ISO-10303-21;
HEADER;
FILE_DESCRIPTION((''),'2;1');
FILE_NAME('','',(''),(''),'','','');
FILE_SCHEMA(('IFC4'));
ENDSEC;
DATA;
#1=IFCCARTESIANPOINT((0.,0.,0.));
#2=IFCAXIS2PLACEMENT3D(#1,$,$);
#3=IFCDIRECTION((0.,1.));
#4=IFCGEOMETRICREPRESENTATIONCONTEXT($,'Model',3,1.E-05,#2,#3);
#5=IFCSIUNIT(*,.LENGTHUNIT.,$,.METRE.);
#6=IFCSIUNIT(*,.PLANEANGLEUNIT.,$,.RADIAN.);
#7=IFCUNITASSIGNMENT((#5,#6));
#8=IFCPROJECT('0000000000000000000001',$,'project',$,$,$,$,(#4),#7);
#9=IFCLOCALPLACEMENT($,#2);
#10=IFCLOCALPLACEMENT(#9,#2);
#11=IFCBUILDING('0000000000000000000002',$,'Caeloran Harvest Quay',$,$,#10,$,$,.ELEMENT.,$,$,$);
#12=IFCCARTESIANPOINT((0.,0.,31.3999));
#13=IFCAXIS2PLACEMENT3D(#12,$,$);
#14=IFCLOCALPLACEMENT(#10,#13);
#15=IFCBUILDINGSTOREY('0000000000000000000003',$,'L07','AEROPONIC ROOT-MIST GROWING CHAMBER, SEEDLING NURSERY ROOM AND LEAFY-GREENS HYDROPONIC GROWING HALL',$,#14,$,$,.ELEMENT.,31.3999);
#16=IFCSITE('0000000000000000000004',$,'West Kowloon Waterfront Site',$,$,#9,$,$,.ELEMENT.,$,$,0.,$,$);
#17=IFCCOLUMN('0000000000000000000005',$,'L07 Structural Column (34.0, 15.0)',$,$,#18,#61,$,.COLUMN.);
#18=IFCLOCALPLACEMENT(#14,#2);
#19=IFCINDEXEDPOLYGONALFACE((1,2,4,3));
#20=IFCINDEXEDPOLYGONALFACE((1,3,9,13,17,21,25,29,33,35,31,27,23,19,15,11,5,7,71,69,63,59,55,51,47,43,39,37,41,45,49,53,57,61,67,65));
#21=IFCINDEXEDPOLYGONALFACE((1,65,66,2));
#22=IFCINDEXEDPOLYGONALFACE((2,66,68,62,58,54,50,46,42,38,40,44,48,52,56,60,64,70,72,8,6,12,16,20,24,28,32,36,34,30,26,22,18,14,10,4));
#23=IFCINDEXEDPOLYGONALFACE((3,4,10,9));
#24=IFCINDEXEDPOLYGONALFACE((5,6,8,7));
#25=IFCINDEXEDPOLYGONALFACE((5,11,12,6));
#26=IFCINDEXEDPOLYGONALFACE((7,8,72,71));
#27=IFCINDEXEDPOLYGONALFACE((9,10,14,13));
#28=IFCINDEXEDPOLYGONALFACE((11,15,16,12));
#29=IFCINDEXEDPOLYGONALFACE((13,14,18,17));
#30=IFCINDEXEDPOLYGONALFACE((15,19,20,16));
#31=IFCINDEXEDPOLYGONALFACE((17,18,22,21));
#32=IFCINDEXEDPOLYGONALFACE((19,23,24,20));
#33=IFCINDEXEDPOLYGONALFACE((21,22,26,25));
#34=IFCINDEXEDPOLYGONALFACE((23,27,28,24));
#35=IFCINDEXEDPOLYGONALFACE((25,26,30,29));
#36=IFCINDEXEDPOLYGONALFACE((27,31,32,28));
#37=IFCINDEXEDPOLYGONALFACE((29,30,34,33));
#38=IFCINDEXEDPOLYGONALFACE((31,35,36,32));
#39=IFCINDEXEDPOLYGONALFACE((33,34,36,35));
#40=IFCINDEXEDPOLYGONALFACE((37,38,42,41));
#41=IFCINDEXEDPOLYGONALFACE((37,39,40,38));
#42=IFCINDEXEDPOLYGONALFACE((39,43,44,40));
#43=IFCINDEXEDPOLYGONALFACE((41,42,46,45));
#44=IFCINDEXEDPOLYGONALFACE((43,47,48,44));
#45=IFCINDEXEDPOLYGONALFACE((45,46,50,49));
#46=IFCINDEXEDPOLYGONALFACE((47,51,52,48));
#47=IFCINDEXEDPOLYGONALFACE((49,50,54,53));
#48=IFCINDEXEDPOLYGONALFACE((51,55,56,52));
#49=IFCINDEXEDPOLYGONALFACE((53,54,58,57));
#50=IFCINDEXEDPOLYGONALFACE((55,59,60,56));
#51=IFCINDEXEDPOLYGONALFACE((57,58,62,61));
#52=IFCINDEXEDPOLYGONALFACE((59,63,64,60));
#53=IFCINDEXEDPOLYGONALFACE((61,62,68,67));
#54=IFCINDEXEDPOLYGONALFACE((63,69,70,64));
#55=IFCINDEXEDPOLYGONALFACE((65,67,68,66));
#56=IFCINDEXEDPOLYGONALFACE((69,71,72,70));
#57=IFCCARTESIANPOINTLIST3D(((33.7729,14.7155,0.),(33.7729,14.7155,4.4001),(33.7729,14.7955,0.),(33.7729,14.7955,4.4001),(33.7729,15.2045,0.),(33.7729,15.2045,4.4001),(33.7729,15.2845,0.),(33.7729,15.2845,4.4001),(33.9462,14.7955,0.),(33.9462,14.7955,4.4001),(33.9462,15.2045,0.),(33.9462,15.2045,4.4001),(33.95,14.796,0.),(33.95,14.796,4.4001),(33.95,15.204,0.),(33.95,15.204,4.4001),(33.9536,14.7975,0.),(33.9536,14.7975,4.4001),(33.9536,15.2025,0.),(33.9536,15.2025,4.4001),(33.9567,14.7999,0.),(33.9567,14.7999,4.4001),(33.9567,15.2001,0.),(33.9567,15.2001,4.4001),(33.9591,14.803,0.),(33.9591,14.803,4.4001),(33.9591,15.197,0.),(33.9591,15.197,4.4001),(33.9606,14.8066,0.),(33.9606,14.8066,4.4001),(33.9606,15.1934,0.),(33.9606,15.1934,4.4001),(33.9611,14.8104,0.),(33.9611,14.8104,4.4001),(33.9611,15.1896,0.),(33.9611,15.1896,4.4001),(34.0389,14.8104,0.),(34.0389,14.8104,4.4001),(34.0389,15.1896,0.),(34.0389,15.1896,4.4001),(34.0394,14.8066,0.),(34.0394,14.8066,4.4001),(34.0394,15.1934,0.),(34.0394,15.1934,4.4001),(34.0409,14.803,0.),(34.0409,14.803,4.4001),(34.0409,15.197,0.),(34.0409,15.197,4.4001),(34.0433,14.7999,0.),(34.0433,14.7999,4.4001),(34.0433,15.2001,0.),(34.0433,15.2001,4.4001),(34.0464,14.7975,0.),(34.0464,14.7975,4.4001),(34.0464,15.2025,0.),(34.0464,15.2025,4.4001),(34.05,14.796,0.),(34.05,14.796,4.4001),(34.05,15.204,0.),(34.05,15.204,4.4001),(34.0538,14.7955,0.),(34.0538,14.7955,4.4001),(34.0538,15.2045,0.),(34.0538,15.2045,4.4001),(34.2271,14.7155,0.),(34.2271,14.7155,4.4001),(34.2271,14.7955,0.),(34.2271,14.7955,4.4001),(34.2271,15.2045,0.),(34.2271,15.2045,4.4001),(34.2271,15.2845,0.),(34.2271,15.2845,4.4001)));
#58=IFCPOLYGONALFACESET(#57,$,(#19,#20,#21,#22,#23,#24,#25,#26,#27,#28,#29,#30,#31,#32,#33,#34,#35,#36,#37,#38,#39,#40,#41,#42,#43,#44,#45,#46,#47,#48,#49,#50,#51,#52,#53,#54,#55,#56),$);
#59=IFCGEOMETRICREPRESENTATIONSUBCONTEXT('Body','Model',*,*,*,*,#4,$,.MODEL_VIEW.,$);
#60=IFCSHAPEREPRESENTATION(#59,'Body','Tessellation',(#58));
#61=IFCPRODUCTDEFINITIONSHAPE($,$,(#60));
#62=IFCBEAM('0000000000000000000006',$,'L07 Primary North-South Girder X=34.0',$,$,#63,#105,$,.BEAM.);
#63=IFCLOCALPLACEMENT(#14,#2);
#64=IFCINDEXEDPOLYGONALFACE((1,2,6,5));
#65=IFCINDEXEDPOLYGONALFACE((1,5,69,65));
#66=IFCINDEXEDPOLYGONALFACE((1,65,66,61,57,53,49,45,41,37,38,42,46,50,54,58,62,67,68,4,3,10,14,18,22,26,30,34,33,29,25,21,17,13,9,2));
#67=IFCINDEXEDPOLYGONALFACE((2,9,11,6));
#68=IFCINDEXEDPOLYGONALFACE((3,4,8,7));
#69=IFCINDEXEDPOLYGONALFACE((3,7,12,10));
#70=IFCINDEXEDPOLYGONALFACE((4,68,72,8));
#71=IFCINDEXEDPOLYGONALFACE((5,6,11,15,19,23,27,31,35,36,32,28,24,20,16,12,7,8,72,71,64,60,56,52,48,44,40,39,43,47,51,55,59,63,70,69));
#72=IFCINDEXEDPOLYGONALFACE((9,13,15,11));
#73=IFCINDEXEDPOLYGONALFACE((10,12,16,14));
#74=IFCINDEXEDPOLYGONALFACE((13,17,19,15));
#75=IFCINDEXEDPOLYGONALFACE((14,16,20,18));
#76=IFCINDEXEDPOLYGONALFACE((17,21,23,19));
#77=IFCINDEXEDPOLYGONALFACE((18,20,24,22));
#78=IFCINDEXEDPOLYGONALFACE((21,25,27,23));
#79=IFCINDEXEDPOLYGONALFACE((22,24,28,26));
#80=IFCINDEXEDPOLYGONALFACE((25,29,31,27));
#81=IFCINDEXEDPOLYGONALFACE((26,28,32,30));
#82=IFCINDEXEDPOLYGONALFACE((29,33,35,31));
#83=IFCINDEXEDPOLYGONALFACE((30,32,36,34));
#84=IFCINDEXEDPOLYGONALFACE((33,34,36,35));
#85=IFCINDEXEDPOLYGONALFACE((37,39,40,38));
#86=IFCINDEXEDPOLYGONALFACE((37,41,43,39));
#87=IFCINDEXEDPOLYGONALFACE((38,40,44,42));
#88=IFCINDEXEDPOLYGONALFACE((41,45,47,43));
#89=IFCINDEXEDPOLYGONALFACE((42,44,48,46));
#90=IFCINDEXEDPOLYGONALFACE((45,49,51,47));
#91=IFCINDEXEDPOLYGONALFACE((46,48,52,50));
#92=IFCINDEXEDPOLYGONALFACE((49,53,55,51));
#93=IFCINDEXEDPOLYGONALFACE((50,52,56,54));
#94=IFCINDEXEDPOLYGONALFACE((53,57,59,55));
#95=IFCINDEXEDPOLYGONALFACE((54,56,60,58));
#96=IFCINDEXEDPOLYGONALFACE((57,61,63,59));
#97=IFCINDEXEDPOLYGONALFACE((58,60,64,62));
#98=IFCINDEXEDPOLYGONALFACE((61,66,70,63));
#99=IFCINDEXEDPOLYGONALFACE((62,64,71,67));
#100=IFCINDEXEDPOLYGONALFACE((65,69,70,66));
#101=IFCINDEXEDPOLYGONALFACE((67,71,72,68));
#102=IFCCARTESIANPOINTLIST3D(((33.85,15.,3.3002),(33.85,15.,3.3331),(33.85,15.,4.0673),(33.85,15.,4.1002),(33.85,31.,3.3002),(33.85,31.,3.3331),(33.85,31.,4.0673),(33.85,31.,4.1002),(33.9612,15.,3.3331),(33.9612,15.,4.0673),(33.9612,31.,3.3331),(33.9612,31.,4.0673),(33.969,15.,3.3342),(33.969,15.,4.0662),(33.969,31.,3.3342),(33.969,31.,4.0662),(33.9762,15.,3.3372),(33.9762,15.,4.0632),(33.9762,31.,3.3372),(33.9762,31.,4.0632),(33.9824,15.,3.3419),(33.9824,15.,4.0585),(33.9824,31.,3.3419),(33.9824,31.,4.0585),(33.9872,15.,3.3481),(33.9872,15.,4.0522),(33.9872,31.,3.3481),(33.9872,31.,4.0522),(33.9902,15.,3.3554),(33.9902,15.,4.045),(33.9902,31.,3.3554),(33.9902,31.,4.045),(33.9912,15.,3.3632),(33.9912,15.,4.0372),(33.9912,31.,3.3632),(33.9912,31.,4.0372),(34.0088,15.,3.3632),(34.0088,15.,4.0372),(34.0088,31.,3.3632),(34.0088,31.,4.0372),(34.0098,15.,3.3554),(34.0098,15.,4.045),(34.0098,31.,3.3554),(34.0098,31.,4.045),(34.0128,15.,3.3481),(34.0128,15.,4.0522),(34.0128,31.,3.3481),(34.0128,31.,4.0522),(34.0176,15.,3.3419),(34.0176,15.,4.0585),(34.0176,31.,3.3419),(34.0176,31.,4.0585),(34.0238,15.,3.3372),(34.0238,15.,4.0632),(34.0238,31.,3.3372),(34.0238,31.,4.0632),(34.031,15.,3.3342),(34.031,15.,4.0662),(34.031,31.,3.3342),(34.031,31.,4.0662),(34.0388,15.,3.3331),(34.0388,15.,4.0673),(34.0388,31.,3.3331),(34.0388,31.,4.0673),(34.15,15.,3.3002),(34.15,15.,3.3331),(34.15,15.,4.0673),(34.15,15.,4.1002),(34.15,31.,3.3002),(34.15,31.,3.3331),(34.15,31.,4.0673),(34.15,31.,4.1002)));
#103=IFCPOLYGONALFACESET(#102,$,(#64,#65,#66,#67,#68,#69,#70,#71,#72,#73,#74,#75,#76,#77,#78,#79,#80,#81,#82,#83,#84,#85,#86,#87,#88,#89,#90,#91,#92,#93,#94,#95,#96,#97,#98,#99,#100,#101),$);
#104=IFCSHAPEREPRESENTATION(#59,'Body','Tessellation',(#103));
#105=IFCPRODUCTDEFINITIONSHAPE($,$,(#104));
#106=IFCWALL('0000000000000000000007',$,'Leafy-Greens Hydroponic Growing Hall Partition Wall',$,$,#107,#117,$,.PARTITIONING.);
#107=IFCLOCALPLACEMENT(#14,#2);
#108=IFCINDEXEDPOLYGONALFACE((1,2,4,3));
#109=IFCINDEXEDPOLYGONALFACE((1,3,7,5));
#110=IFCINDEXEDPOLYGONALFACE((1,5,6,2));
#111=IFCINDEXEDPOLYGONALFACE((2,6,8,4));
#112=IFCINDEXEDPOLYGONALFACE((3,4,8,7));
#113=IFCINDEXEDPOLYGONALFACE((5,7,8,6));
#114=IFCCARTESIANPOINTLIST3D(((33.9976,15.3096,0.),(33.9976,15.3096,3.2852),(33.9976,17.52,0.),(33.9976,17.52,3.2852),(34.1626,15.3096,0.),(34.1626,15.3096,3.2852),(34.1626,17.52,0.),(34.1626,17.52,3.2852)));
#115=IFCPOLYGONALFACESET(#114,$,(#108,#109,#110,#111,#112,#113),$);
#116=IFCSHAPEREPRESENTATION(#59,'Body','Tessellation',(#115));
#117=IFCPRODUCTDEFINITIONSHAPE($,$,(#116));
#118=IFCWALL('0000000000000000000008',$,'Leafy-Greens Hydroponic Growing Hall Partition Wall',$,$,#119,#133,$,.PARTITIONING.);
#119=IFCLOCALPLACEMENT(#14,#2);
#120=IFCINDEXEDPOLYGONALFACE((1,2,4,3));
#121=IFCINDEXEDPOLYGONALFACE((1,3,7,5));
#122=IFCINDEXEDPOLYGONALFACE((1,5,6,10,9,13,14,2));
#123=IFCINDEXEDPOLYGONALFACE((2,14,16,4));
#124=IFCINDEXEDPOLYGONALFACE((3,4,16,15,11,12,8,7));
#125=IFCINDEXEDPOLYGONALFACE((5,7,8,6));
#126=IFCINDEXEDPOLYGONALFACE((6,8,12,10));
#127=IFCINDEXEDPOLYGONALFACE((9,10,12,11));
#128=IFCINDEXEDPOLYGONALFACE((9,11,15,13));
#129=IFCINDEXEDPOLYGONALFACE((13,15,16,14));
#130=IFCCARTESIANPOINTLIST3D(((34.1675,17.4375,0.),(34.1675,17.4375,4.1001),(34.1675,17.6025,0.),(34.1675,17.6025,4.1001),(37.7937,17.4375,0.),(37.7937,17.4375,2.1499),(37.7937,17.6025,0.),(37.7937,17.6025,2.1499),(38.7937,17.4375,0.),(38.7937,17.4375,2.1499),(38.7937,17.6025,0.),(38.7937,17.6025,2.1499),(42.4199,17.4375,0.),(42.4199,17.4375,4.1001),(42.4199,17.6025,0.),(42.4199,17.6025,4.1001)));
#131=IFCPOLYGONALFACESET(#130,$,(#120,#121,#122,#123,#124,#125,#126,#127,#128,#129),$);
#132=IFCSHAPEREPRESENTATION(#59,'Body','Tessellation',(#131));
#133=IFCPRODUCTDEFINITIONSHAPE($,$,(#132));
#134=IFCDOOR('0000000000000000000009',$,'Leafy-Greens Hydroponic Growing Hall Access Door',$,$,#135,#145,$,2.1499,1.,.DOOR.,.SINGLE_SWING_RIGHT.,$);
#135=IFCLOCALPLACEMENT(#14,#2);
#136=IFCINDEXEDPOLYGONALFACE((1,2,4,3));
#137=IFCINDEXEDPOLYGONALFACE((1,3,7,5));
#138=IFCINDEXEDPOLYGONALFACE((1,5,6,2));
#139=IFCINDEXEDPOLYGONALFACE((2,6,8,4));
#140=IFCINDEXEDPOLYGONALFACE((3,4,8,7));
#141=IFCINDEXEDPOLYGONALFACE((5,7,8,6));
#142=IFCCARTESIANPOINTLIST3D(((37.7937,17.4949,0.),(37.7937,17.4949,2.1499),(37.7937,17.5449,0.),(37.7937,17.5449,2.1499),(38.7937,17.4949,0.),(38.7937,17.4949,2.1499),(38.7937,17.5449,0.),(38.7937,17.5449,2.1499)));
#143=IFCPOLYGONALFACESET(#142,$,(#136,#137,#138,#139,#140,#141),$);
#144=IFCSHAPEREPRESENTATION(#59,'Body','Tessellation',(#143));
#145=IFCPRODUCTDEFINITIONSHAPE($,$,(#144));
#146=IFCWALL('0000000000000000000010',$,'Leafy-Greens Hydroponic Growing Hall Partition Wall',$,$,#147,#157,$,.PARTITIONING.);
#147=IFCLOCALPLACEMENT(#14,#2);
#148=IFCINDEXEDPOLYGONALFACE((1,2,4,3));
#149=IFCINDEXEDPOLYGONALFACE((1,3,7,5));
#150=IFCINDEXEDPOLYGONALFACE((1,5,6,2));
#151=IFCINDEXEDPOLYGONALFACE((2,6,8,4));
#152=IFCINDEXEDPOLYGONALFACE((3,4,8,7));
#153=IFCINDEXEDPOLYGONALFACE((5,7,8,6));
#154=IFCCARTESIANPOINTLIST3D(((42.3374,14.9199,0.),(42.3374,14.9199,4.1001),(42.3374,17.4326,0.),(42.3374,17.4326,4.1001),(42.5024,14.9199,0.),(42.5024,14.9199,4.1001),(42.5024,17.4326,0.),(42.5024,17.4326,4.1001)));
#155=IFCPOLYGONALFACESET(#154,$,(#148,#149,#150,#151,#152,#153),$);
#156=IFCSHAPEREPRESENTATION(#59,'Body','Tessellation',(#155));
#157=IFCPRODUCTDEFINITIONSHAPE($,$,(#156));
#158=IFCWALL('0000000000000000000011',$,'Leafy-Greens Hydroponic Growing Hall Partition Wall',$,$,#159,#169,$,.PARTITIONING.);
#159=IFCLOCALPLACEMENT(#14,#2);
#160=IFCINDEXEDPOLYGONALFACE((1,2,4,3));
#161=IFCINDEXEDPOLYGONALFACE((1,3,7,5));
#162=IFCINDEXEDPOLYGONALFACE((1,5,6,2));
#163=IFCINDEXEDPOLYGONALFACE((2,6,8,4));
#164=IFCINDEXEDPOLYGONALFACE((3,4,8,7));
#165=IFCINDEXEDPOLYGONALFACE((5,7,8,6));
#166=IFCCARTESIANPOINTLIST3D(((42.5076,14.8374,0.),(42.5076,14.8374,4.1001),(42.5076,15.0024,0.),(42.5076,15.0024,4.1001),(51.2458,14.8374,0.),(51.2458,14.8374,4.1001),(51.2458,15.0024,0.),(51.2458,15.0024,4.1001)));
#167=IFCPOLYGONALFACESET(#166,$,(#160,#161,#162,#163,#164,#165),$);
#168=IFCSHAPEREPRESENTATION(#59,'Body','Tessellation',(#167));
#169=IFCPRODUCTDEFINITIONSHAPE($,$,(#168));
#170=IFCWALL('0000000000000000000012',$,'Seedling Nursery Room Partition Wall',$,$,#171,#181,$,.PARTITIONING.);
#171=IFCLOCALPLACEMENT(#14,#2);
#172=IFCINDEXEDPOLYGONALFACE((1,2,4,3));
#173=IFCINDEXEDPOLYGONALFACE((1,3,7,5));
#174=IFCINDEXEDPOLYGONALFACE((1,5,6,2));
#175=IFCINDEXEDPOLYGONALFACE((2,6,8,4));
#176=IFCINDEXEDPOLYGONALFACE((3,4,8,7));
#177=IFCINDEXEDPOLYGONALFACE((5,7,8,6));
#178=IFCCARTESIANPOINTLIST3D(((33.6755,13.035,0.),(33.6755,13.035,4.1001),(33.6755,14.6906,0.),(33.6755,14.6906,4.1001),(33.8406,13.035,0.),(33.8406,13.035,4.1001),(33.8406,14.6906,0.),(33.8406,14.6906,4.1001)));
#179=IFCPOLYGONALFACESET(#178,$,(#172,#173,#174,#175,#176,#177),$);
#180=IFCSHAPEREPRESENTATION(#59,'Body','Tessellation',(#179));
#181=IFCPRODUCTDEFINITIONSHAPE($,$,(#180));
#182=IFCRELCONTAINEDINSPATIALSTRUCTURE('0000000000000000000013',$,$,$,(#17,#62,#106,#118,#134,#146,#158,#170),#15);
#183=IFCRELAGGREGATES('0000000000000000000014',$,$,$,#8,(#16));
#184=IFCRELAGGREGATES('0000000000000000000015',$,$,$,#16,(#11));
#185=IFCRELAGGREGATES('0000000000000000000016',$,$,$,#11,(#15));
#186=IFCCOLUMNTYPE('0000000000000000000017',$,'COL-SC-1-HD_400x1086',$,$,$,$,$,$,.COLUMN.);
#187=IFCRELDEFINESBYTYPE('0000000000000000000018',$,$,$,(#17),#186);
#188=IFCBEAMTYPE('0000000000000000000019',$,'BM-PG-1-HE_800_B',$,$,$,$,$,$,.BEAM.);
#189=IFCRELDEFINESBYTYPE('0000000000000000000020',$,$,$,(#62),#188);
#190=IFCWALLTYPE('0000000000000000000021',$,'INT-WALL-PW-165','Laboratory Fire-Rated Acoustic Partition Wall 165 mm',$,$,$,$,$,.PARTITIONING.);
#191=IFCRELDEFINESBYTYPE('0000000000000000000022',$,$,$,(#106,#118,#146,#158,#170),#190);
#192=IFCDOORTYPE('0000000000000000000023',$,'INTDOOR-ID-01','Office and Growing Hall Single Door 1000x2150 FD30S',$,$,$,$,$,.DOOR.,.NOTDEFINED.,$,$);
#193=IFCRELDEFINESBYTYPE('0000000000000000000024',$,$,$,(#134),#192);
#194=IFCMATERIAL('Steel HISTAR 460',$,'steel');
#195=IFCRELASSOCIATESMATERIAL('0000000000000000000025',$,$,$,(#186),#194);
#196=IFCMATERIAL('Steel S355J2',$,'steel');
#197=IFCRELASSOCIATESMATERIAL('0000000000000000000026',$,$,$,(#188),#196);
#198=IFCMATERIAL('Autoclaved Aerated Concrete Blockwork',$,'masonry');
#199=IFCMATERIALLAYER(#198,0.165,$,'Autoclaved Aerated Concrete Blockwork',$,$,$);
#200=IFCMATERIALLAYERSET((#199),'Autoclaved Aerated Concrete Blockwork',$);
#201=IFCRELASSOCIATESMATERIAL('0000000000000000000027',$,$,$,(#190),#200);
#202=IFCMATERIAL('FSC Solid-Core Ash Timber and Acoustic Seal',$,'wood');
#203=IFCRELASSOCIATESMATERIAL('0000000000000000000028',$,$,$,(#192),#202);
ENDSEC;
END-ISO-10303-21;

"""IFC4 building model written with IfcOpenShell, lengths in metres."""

from ifc_helpers import new_model, si_unit, direction, frame, frame_2d, origin, origin_2d, place, context, subcontext, project, spatial, rectangle, i_section, extrude, material, layer, layer_set, material_profile, profile_set, type_object, element, fill, save


model = new_model("IFC4")

# Units and contexts
model_context = context("Model", 3, precision=1e-05, world=origin(), true_north=direction((0.0, 1.0)))
body_context = subcontext(model_context, "Body", "Model", "MODEL_VIEW")
ifc_project = project(units=[si_unit("LENGTHUNIT", "METRE"), si_unit("PLANEANGLEUNIT", "RADIAN")], contexts=[model_context])

# Site, building, storey
site_placement = place(None, origin())
site = spatial("IfcSite", under=ifc_project, at=site_placement, Name="West Kowloon Waterfront Site", CompositionType="ELEMENT", RefElevation=0.0)
building_placement = place(site_placement, origin())
building = spatial("IfcBuilding", under=site, at=building_placement, Name="Caeloran Harvest Quay", CompositionType="ELEMENT")
storey_placement = place(building_placement, frame((0.0, 0.0, 31.3999)))
storey = spatial("IfcBuildingStorey", under=building, at=storey_placement, Name="L07", Description="AEROPONIC ROOT-MIST GROWING CHAMBER, SEEDLING NURSERY ROOM AND LEAFY-GREENS HYDROPONIC GROWING HALL", CompositionType="ELEMENT", Elevation=31.3999)

# Column
ifc_material_1 = material(Name="Steel HISTAR 460", Category="steel")
ifc_material_profile_1 = material_profile(ifc_material_1, i_section(OverallWidth=0.4541, OverallDepth=0.5691, WebThickness=0.0779, FlangeThickness=0.0801, FilletRadius=0.0149, at=origin_2d()), Name="HD 400x1086")
ifc_profile_set_1 = profile_set([ifc_material_profile_1], Name="Steel HISTAR 460")
column_type = type_object("IfcColumnType", Name="COL-SC-1-HD_400x1086", PredefinedType="COLUMN", material=ifc_profile_set_1)
column_placement = place(storey_placement, frame((34.0, 15.0, 0.0), z_axis=(0.0, 0.0, 1.0), x_axis=(1.0, 0.0, 0.0)))
element("IfcColumn", 1, at=column_placement, inside=storey, type_object=column_type, Name="L07 Structural Column (34.0, 15.0)", PredefinedType="COLUMN", context=body_context, shape_type="SweptSolid", body=[
    extrude(i_section(OverallWidth=0.4541, OverallDepth=0.5691, WebThickness=0.0779, FlangeThickness=0.0801, FilletRadius=0.0149, at=origin_2d()), origin(), (0.0, 0.0, 1.0), 4.4001),
])

# Beam
ifc_material_2 = material(Name="Steel S355J2", Category="steel")
ifc_material_profile_2 = material_profile(ifc_material_2, i_section(OverallWidth=0.3, OverallDepth=0.8, WebThickness=0.0176, FlangeThickness=0.033, FilletRadius=0.03, at=origin_2d()), Name="HE 800 B")
ifc_profile_set_2 = profile_set([ifc_material_profile_2], Name="Steel S355J2")
beam_type = type_object("IfcBeamType", Name="BM-PG-1-HE_800_B", PredefinedType="BEAM", material=ifc_profile_set_2)
beam_placement = place(storey_placement, frame((34.0, 15.0, 3.7002), z_axis=(0.0, 1.0, 0.0), x_axis=(-1.0, 0.0, 0.0)))
element("IfcBeam", 2, at=beam_placement, inside=storey, type_object=beam_type, Name="L07 Primary North-South Girder X=34.0", PredefinedType="BEAM", context=body_context, shape_type="SweptSolid", body=[
    extrude(i_section(OverallWidth=0.3, OverallDepth=0.8, WebThickness=0.0176, FlangeThickness=0.033, FilletRadius=0.03, at=origin_2d()), origin(), (0.0, 0.0, 1.0), 16.0),
])

# Wall
ifc_material_3 = material(Name="Autoclaved Aerated Concrete Blockwork", Category="masonry")
ifc_layer_1 = layer(ifc_material_3, 0.165, Name="Autoclaved Aerated Concrete Blockwork")
ifc_layer_set_1 = layer_set([ifc_layer_1], Name="Autoclaved Aerated Concrete Blockwork")
wall_type_1 = type_object("IfcWallType", Name="INT-WALL-PW-165", Description="Laboratory Fire-Rated Acoustic Partition Wall 165 mm", PredefinedType="PARTITIONING", material=ifc_layer_set_1)
wall_1_placement = place(storey_placement, frame((34.0801, 15.3096, 0.0), z_axis=(0.0, 0.0, 1.0), x_axis=(0.0, 1.0, 0.0)))
element("IfcWall", 3, at=wall_1_placement, inside=storey, type_object=wall_type_1, Name="Leafy-Greens Hydroponic Growing Hall Partition Wall", PredefinedType="PARTITIONING", context=body_context, shape_type="SweptSolid", body=[
    extrude(rectangle(XDim=2.2104, YDim=0.165, at=frame_2d((1.1052, 0.0))), origin(), (0.0, 0.0, 1.0), 3.2852),
])

# Wall, opening, door
wall_2_placement = place(storey_placement, frame((34.1675, 17.52, 0.0), z_axis=(0.0, 0.0, 1.0), x_axis=(1.0, 0.0, 0.0)))
wall_2 = element("IfcWall", 4, at=wall_2_placement, inside=storey, type_object=wall_type_1, Name="Leafy-Greens Hydroponic Growing Hall Partition Wall", PredefinedType="PARTITIONING", context=body_context, shape_type="SweptSolid", body=[
    extrude(rectangle(XDim=8.2524, YDim=0.165, at=frame_2d((4.1262, 0.0))), origin(), (0.0, 0.0, 1.0), 4.1001),
])
opening_1_placement = place(wall_2_placement, frame((3.6262, 0.0, 0.0)))
opening_1 = element("IfcOpeningElement", 5, at=opening_1_placement, cuts=wall_2, PredefinedType="OPENING", context=body_context, shape_type="SweptSolid", body=[
    extrude(rectangle(XDim=1.0, YDim=2.1499, at=frame_2d((0.5, 1.075))), frame((0.0, 0.0925, 0.0), z_axis=(0.0, -1.0, 0.0), x_axis=(1.0, 0.0, 0.0)), (0.0, 0.0, 1.0), 0.1851),
])
ifc_material_4 = material(Name="FSC Solid-Core Ash Timber and Acoustic Seal", Category="wood")
door_type_1 = type_object("IfcDoorType", Name="INTDOOR-ID-01", Description="Office and Growing Hall Single Door 1000x2150 FD30S", OperationType="NOTDEFINED", PredefinedType="DOOR", material=ifc_material_4)
door_1_placement = place(opening_1_placement, origin())
door_1 = element("IfcDoor", 6, at=door_1_placement, inside=storey, type_object=door_type_1, Name="Leafy-Greens Hydroponic Growing Hall Access Door", OperationType="SINGLE_SWING_RIGHT", OverallHeight=2.1499, OverallWidth=1.0, PredefinedType="DOOR", context=body_context, shape_type="SweptSolid", body=[
    extrude(rectangle(XDim=1.0, YDim=2.1499, at=frame_2d((0.5, 1.075))), frame((0.0, 0.0249, 0.0), z_axis=(0.0, -1.0, 0.0), x_axis=(1.0, 0.0, 0.0)), (0.0, 0.0, 1.0), 0.05),
])
fill(opening_1, door_1)

# Walls
wall_3_placement = place(storey_placement, frame((42.4199, 17.4326, 0.0), z_axis=(0.0, 0.0, 1.0), x_axis=(0.0, -1.0, 0.0)))
element("IfcWall", 7, at=wall_3_placement, inside=storey, type_object=wall_type_1, Name="Leafy-Greens Hydroponic Growing Hall Partition Wall", PredefinedType="PARTITIONING", context=body_context, shape_type="SweptSolid", body=[
    extrude(rectangle(XDim=2.5127, YDim=0.165, at=frame_2d((1.2563, 0.0))), origin(), (0.0, 0.0, 1.0), 4.1001),
])
wall_4_placement = place(storey_placement, frame((42.5076, 14.9199, 0.0), z_axis=(0.0, 0.0, 1.0), x_axis=(1.0, 0.0, 0.0)))
element("IfcWall", 8, at=wall_4_placement, inside=storey, type_object=wall_type_1, Name="Leafy-Greens Hydroponic Growing Hall Partition Wall", PredefinedType="PARTITIONING", context=body_context, shape_type="SweptSolid", body=[
    extrude(rectangle(XDim=8.7383, YDim=0.165, at=frame_2d((4.3691, 0.0))), origin(), (0.0, 0.0, 1.0), 4.1001),
])
wall_5_placement = place(storey_placement, frame((33.7581, 14.6904, 0.0), z_axis=(0.0, 0.0, 1.0), x_axis=(0.0, -1.0, 0.0)))
element("IfcWall", 9, at=wall_5_placement, inside=storey, type_object=wall_type_1, Name="Seedling Nursery Room Partition Wall", PredefinedType="PARTITIONING", context=body_context, shape_type="SweptSolid", body=[
    extrude(rectangle(XDim=1.6555, YDim=0.165, at=frame_2d((0.8276, 0.0))), origin(), (0.0, 0.0, 1.0), 4.1001),
])

save(model, "model.ifc")
